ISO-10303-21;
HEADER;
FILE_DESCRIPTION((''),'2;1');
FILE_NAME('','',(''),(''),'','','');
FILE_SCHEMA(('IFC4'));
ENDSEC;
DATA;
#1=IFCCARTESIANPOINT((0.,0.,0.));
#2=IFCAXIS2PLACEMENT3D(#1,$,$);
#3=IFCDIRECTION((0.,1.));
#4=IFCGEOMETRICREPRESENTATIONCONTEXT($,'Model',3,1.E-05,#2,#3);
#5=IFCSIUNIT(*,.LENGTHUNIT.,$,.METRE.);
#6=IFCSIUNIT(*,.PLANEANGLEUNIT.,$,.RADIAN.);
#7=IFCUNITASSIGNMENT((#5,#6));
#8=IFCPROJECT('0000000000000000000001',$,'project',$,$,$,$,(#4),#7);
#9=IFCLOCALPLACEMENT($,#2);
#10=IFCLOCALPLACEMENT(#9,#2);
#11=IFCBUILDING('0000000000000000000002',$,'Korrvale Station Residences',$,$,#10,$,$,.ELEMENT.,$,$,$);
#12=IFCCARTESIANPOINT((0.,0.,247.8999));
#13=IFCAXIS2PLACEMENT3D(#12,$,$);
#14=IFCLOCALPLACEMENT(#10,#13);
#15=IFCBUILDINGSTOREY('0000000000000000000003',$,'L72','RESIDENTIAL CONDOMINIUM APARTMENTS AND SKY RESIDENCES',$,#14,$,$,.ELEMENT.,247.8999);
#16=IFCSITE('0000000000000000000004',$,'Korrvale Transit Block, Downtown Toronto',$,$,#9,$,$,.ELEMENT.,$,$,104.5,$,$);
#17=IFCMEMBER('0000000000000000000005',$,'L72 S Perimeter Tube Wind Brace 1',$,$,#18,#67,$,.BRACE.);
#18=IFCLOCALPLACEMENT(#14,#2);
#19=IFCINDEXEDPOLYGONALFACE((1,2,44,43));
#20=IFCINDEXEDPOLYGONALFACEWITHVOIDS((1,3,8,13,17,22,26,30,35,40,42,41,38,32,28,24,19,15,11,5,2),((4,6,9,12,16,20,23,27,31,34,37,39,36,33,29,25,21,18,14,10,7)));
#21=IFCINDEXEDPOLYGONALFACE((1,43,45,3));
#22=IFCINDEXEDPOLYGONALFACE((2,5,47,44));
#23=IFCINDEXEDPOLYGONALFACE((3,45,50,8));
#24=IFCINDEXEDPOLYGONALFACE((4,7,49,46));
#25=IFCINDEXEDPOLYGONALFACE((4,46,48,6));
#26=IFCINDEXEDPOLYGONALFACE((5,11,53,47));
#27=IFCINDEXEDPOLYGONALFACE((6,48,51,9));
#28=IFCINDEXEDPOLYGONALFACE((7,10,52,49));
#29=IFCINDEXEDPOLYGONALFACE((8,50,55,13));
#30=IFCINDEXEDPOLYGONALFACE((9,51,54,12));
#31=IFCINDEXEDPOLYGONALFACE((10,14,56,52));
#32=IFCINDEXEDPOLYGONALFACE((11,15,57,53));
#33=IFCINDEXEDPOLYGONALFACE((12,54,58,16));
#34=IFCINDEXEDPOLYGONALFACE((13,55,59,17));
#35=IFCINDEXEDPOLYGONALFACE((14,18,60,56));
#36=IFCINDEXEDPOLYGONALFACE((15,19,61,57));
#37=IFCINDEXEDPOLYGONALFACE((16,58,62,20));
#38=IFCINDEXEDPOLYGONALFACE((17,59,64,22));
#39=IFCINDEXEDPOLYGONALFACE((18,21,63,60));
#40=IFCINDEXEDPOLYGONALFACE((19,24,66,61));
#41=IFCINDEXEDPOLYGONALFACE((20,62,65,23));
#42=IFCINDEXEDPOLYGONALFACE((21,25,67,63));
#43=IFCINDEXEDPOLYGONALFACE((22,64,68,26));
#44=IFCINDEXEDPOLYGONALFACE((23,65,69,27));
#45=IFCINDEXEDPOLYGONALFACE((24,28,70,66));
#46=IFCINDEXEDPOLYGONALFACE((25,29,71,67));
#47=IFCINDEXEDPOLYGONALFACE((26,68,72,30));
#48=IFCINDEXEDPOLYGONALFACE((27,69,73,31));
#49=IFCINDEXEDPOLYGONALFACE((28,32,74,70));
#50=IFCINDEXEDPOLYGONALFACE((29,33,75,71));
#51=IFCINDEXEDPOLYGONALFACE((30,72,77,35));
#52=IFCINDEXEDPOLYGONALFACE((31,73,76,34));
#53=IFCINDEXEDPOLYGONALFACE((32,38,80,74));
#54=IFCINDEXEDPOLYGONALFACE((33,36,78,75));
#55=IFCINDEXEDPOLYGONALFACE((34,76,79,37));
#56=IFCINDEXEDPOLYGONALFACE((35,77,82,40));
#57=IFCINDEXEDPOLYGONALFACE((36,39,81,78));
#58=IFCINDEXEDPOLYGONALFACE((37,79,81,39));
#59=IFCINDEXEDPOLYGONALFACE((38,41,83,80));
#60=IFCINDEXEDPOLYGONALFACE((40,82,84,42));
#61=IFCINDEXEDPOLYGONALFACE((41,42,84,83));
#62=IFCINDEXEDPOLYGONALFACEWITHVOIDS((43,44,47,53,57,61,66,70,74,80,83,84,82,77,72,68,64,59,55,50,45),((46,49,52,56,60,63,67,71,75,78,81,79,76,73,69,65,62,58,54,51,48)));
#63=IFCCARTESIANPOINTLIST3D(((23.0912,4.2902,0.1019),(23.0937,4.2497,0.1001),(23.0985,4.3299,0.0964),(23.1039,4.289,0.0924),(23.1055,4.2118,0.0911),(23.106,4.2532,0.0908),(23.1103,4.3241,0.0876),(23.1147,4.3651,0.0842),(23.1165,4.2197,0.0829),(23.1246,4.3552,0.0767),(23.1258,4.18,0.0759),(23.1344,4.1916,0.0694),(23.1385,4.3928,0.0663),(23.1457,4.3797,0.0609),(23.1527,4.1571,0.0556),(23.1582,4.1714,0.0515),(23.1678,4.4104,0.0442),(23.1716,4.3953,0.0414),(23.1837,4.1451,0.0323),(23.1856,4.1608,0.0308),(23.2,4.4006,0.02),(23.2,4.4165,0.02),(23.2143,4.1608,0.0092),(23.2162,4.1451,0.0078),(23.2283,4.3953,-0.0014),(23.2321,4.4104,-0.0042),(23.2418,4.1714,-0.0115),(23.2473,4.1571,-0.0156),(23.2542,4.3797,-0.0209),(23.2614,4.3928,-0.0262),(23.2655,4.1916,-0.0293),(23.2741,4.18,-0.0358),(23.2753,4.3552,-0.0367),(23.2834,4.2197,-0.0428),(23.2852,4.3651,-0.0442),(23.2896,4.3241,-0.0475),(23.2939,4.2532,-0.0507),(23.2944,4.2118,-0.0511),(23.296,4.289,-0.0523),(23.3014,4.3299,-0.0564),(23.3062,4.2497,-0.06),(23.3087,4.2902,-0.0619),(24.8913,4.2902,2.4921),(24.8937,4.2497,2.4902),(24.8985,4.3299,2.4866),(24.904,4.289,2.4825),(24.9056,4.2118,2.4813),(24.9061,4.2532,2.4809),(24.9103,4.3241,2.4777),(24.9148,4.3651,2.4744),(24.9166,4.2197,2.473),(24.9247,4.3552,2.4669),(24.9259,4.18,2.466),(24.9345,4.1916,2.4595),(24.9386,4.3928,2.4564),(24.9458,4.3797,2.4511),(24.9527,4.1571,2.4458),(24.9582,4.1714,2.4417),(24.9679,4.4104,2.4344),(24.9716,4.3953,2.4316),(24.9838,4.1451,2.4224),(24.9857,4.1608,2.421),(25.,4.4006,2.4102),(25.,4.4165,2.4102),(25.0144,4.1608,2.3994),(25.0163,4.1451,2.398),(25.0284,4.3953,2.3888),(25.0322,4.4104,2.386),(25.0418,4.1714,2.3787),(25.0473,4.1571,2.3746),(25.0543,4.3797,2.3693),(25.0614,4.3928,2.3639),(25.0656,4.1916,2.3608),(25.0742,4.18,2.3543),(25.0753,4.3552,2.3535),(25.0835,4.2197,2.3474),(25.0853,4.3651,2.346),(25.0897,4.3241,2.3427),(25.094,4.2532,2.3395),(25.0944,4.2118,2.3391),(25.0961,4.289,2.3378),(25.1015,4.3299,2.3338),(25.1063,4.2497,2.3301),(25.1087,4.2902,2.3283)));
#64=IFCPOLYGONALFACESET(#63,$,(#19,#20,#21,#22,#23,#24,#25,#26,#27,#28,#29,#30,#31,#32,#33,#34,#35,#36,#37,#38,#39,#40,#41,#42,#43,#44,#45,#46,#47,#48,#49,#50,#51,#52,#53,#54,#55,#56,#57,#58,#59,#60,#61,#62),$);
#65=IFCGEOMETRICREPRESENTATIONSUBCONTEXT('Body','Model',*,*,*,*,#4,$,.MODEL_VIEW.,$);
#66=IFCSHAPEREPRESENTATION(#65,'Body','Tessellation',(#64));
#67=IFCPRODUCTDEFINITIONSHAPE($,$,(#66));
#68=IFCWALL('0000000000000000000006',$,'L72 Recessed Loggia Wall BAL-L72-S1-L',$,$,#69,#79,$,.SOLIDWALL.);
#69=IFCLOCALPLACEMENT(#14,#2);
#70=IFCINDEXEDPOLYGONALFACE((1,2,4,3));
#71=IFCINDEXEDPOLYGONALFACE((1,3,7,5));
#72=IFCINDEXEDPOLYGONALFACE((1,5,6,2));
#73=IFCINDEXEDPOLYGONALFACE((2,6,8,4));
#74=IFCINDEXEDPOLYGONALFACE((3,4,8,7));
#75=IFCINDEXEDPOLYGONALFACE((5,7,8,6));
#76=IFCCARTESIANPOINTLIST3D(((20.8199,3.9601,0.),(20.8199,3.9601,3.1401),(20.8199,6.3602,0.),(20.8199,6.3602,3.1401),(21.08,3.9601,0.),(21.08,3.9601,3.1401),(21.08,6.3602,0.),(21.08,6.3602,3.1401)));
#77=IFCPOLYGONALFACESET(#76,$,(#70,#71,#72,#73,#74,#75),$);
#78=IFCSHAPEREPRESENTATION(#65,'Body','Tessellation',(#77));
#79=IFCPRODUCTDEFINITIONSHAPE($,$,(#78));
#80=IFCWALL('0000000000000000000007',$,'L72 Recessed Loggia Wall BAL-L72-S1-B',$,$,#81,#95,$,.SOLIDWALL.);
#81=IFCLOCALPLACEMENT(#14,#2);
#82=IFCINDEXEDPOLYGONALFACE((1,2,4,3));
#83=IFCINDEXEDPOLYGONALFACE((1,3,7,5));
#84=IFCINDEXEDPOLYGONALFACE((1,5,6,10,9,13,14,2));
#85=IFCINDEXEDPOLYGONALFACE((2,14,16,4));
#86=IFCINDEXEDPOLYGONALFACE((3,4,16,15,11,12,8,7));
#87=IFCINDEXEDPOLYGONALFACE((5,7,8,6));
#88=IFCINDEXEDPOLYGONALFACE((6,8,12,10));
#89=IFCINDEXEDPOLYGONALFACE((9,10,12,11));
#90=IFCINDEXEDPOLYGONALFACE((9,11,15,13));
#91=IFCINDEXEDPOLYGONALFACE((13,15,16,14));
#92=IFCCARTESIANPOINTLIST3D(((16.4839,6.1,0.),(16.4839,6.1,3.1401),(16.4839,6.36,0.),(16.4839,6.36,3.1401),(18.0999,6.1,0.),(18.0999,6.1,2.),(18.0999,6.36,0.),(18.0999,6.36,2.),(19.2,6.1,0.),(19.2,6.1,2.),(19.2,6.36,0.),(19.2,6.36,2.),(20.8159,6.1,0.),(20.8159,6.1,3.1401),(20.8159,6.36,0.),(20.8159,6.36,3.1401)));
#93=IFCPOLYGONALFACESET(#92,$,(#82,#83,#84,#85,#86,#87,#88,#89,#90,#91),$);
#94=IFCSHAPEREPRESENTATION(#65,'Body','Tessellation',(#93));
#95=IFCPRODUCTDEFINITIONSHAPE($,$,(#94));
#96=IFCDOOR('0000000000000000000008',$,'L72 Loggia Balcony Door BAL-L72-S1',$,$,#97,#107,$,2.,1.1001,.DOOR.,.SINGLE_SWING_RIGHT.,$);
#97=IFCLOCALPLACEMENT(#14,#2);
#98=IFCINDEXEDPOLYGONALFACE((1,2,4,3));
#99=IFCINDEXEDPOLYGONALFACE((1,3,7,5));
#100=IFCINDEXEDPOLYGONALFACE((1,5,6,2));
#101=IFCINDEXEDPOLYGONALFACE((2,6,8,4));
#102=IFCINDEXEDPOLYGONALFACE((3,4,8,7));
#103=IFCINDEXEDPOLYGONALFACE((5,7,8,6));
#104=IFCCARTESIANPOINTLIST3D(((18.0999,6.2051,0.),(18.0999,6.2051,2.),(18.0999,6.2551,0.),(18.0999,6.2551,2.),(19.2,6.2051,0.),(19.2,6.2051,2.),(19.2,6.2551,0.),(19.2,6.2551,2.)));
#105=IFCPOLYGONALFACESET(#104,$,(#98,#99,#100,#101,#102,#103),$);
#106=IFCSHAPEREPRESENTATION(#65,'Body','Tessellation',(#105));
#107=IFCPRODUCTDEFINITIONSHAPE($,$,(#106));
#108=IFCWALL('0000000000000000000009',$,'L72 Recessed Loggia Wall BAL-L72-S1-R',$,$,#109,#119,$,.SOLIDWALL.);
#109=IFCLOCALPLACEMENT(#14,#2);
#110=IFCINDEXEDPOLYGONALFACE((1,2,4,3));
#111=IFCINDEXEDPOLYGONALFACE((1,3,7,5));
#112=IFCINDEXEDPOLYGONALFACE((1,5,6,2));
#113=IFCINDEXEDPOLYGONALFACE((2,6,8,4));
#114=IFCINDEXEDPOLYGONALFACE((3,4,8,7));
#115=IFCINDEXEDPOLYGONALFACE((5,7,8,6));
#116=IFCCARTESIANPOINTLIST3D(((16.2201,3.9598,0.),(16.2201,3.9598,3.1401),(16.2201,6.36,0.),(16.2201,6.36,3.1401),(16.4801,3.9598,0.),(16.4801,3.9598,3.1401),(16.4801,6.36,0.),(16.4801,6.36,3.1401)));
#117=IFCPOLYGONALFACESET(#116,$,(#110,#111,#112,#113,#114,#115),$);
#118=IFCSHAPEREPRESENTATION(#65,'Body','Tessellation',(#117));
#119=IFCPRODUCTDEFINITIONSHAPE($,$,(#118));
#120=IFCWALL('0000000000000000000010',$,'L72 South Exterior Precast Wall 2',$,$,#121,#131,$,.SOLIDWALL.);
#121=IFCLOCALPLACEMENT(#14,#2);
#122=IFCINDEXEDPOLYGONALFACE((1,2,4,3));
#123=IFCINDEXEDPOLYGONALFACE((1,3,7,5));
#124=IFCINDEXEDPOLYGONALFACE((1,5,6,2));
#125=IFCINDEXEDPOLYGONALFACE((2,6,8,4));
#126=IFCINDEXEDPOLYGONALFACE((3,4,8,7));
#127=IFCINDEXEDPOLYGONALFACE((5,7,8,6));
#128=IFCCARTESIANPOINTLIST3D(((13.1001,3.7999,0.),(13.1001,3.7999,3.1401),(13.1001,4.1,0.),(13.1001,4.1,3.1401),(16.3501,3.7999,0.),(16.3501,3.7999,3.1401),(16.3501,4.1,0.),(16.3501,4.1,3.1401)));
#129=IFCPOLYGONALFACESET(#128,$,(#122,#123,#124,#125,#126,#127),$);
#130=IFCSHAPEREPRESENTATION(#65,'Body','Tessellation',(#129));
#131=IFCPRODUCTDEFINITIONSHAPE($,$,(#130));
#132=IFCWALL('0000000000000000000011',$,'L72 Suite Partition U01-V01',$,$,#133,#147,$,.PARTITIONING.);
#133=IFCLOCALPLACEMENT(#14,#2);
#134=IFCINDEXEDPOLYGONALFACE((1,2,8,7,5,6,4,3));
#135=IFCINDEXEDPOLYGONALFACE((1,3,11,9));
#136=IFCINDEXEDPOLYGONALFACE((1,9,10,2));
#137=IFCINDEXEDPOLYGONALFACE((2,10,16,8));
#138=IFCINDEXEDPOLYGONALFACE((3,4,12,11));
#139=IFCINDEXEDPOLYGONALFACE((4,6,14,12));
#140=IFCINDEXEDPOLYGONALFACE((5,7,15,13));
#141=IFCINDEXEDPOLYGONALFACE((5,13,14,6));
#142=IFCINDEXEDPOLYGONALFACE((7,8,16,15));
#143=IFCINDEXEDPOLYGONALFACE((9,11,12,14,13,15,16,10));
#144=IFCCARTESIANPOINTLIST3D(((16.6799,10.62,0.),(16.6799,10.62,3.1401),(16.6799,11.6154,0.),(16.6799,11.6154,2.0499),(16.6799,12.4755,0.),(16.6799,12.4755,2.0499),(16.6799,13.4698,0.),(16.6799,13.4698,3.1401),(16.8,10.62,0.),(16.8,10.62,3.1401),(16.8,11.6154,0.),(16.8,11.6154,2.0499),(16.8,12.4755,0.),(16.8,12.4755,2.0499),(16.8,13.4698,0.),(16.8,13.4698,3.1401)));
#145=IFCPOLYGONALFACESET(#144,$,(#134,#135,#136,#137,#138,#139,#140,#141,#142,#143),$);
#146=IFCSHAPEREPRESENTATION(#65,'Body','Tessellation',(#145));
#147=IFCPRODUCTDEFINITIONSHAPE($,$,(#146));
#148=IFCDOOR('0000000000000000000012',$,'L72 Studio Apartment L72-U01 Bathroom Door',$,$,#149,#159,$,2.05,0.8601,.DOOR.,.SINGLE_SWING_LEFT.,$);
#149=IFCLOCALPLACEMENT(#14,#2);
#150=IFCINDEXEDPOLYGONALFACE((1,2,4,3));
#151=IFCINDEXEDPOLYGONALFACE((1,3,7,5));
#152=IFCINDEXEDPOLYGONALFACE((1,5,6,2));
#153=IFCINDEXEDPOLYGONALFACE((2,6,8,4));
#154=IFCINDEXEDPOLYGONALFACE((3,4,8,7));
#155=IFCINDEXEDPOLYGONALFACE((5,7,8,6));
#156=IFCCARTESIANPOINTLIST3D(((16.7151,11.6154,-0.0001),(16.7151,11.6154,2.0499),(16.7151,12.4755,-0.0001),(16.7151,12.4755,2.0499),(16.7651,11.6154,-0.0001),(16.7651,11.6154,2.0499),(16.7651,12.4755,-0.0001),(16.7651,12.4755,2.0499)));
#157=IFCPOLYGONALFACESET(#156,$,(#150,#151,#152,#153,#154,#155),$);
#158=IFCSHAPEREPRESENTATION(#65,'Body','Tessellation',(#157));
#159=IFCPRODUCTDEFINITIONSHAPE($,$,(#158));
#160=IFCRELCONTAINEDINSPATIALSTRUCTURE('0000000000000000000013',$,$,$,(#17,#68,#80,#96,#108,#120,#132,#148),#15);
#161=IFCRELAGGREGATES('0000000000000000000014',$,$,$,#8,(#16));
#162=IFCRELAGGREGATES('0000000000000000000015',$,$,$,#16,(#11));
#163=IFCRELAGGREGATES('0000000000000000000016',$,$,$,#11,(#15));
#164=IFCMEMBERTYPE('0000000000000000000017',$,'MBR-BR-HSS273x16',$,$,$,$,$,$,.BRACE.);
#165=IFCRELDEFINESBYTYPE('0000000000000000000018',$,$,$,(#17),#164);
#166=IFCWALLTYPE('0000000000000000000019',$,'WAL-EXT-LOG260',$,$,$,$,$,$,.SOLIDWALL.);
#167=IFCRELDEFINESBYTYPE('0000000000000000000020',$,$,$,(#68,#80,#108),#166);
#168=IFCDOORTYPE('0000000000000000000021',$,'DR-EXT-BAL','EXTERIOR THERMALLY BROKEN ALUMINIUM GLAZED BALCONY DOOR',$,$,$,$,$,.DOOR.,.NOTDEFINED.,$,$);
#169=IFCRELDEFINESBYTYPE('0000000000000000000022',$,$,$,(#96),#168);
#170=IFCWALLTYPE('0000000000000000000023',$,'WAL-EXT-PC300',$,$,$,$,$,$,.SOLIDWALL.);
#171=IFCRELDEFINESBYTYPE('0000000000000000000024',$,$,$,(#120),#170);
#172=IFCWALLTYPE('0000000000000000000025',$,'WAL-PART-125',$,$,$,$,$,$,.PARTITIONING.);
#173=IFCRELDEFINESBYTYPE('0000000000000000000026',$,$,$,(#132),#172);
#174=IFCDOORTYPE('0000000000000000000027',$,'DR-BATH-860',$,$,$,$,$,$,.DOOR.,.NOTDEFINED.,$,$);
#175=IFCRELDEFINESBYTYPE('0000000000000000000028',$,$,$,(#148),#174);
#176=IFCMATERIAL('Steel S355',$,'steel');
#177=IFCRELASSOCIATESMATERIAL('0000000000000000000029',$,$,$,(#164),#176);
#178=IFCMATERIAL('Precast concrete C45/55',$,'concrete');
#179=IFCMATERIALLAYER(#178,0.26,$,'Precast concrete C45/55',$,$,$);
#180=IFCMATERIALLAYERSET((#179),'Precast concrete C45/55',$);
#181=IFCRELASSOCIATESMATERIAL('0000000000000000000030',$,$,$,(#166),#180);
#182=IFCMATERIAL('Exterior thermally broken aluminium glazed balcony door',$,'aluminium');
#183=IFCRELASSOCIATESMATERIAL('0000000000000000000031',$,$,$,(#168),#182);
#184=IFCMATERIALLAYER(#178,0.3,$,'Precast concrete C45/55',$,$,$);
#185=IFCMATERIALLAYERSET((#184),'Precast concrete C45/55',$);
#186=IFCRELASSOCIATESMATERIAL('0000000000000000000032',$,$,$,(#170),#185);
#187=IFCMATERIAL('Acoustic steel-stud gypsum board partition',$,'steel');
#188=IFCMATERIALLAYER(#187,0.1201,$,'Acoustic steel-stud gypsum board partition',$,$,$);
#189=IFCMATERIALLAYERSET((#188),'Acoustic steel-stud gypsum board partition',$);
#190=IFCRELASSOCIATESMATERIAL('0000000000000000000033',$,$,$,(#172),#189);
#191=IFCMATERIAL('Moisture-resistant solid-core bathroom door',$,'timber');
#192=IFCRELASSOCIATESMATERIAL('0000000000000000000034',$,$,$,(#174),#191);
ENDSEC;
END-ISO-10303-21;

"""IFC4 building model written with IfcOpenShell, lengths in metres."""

from ifc_helpers import new_model, si_unit, direction, frame, frame_2d, origin, origin_2d, place, context, subcontext, project, spatial, rectangle, hollow_circle, extrude, material, layer, layer_set, material_profile, profile_set, type_object, element, fill, save


model = new_model("IFC4")

# Units and contexts
model_context = context("Model", 3, precision=1e-05, world=origin(), true_north=direction((0.0, 1.0)))
body_context = subcontext(model_context, "Body", "Model", "MODEL_VIEW")
ifc_project = project(units=[si_unit("LENGTHUNIT", "METRE"), si_unit("PLANEANGLEUNIT", "RADIAN")], contexts=[model_context])

# Site, building, storey
site_placement = place(None, origin())
site = spatial("IfcSite", under=ifc_project, at=site_placement, Name="Korrvale Transit Block, Downtown Toronto", CompositionType="ELEMENT", RefElevation=104.5)
building_placement = place(site_placement, origin())
building = spatial("IfcBuilding", under=site, at=building_placement, Name="Korrvale Station Residences", CompositionType="ELEMENT")
storey_placement = place(building_placement, frame((0.0, 0.0, 247.8999)))
storey = spatial("IfcBuildingStorey", under=building, at=storey_placement, Name="L72", Description="RESIDENTIAL CONDOMINIUM APARTMENTS AND SKY RESIDENCES", CompositionType="ELEMENT", Elevation=247.8999)

# Shared definitions
ifc_material_1 = material(Name="Steel S355", Category="steel")

# Member
ifc_material_profile_1 = material_profile(ifc_material_1, hollow_circle(Radius=0.1365, WallThickness=0.0159, at=origin_2d()), Name="HSS273x16")
ifc_profile_set_1 = profile_set([ifc_material_profile_1], Name="Steel S355")
member_type = type_object("IfcMemberType", Name="MBR-BR-HSS273x16", PredefinedType="BRACE", material=ifc_profile_set_1)
member_placement = place(storey_placement, frame((23.2, 4.28, 0.02), z_axis=(0.601592, 0.0, 0.798804), x_axis=(0.0, 1.0, 0.0)))
element("IfcMember", 1, at=member_placement, inside=storey, type_object=member_type, Name="L72 S Perimeter Tube Wind Brace 1", PredefinedType="BRACE", context=body_context, shape_type="SweptSolid", body=[
    extrude(hollow_circle(Radius=0.1365, WallThickness=0.0159, at=origin_2d()), origin(), (0.0, 0.0, 1.0), 2.9922),
])

# Wall
ifc_material_2 = material(Name="Precast concrete C45/55", Category="concrete")
ifc_layer_1 = layer(ifc_material_2, 0.26, Name="Precast concrete C45/55")
ifc_layer_set_1 = layer_set([ifc_layer_1], Name="Precast concrete C45/55")
wall_type_1 = type_object("IfcWallType", Name="WAL-EXT-LOG260", PredefinedType="SOLIDWALL", material=ifc_layer_set_1)
wall_1_placement = place(storey_placement, frame((20.95, 3.96, 0.0), z_axis=(0.0, 0.0, 1.0), x_axis=(0.0, 1.0, 0.0)))
element("IfcWall", 2, at=wall_1_placement, inside=storey, type_object=wall_type_1, Name="L72 Recessed Loggia Wall BAL-L72-S1-L", PredefinedType="SOLIDWALL", context=body_context, shape_type="SweptSolid", body=[
    extrude(rectangle(XDim=2.4001, YDim=0.26, at=frame_2d((1.2002, 0.0))), origin(), (0.0, 0.0, 1.0), 3.1401),
])

# Wall, opening, door
wall_2_placement = place(storey_placement, frame((20.8159, 6.23, 0.0), z_axis=(0.0, 0.0, 1.0), x_axis=(-1.0, 0.0, 0.0)))
wall_2 = element("IfcWall", 3, at=wall_2_placement, inside=storey, type_object=wall_type_1, Name="L72 Recessed Loggia Wall BAL-L72-S1-B", PredefinedType="SOLIDWALL", context=body_context, shape_type="SweptSolid", body=[
    extrude(rectangle(XDim=4.332, YDim=0.26, at=frame_2d((2.166, 0.0))), origin(), (0.0, 0.0, 1.0), 3.1401),
])
opening_1_placement = place(wall_2_placement, frame((1.616, 0.0, 0.0)))
opening_1 = element("IfcOpeningElement", 4, at=opening_1_placement, cuts=wall_2, PredefinedType="OPENING", context=body_context, shape_type="SweptSolid", body=[
    extrude(rectangle(XDim=1.1001, YDim=2.0, at=frame_2d((0.55, 1.0))), frame((0.0, 0.1401, 0.0), z_axis=(0.0, -1.0, 0.0), x_axis=(1.0, 0.0, 0.0)), (0.0, 0.0, 1.0), 0.28),
])
ifc_material_3 = material(Name="Exterior thermally broken aluminium glazed balcony door", Category="aluminium")
door_type_1 = type_object("IfcDoorType", Name="DR-EXT-BAL", Description="EXTERIOR THERMALLY BROKEN ALUMINIUM GLAZED BALCONY DOOR", OperationType="NOTDEFINED", PredefinedType="DOOR", material=ifc_material_3)
door_1_placement = place(opening_1_placement, origin())
door_1 = element("IfcDoor", 5, at=door_1_placement, inside=storey, type_object=door_type_1, Name="L72 Loggia Balcony Door BAL-L72-S1", OperationType="SINGLE_SWING_RIGHT", OverallHeight=2.0, OverallWidth=1.1001, PredefinedType="DOOR", context=body_context, shape_type="SweptSolid", body=[
    extrude(rectangle(XDim=1.1001, YDim=2.0, at=frame_2d((0.55, 1.0))), frame((0.0, 0.0249, 0.0), z_axis=(0.0, -1.0, 0.0), x_axis=(1.0, 0.0, 0.0)), (0.0, 0.0, 1.0), 0.05),
])
fill(opening_1, door_1)

# Walls
wall_3_placement = place(storey_placement, frame((16.3501, 6.3601, 0.0), z_axis=(0.0, 0.0, 1.0), x_axis=(0.0, -1.0, 0.0)))
element("IfcWall", 6, at=wall_3_placement, inside=storey, type_object=wall_type_1, Name="L72 Recessed Loggia Wall BAL-L72-S1-R", PredefinedType="SOLIDWALL", context=body_context, shape_type="SweptSolid", body=[
    extrude(rectangle(XDim=2.4001, YDim=0.26, at=frame_2d((1.2002, 0.0))), origin(), (0.0, 0.0, 1.0), 3.1401),
])
ifc_layer_2 = layer(ifc_material_2, 0.3, Name="Precast concrete C45/55")
ifc_layer_set_2 = layer_set([ifc_layer_2], Name="Precast concrete C45/55")
wall_type_2 = type_object("IfcWallType", Name="WAL-EXT-PC300", PredefinedType="SOLIDWALL", material=ifc_layer_set_2)
wall_4_placement = place(storey_placement, frame((16.3501, 3.95, 0.0), z_axis=(0.0, 0.0, 1.0), x_axis=(-1.0, 0.0, 0.0)))
element("IfcWall", 7, at=wall_4_placement, inside=storey, type_object=wall_type_2, Name="L72 South Exterior Precast Wall 2", PredefinedType="SOLIDWALL", context=body_context, shape_type="SweptSolid", body=[
    extrude(rectangle(XDim=3.25, YDim=0.3, at=frame_2d((1.625, 0.0))), origin(), (0.0, 0.0, 1.0), 3.1401),
])

# Wall, opening, door
ifc_material_4 = material(Name="Acoustic steel-stud gypsum board partition", Category="steel")
ifc_layer_3 = layer(ifc_material_4, 0.1201, Name="Acoustic steel-stud gypsum board partition")
ifc_layer_set_3 = layer_set([ifc_layer_3], Name="Acoustic steel-stud gypsum board partition")
wall_type_3 = type_object("IfcWallType", Name="WAL-PART-125", PredefinedType="PARTITIONING", material=ifc_layer_set_3)
wall_5_placement = place(storey_placement, frame((16.74, 10.6201, 0.0), z_axis=(0.0, 0.0, 1.0), x_axis=(0.0, 1.0, 0.0)))
wall_5 = element("IfcWall", 8, at=wall_5_placement, inside=storey, type_object=wall_type_3, Name="L72 Suite Partition U01-V01", PredefinedType="PARTITIONING", context=body_context, shape_type="SweptSolid", body=[
    extrude(rectangle(XDim=2.8499, YDim=0.1201, at=frame_2d((1.4248, 0.0))), origin(), (0.0, 0.0, 1.0), 3.1401),
])
opening_2_placement = place(wall_5_placement, frame((0.9951, 0.0, 0.0)))
opening_2 = element("IfcOpeningElement", 9, at=opening_2_placement, cuts=wall_5, PredefinedType="OPENING", context=body_context, shape_type="SweptSolid", body=[
    extrude(rectangle(XDim=0.8601, YDim=2.05, at=frame_2d((0.4302, 1.0249))), frame((0.0, 0.0701, 0.0), z_axis=(0.0, -1.0, 0.0), x_axis=(1.0, 0.0, 0.0)), (0.0, 0.0, 1.0), 0.1401),
])
ifc_material_5 = material(Name="Moisture-resistant solid-core bathroom door", Category="timber")
door_type_2 = type_object("IfcDoorType", Name="DR-BATH-860", OperationType="NOTDEFINED", PredefinedType="DOOR", material=ifc_material_5)
door_2_placement = place(opening_2_placement, origin())
door_2 = element("IfcDoor", 10, at=door_2_placement, inside=storey, type_object=door_type_2, Name="L72 Studio Apartment L72-U01 Bathroom Door", OperationType="SINGLE_SWING_LEFT", OverallHeight=2.05, OverallWidth=0.8601, PredefinedType="DOOR", context=body_context, shape_type="SweptSolid", body=[
    extrude(rectangle(XDim=0.8601, YDim=2.05, at=frame_2d((0.4302, 1.0249))), frame((0.0, 0.0249, 0.0), z_axis=(0.0, -1.0, 0.0), x_axis=(1.0, 0.0, 0.0)), (0.0, 0.0, 1.0), 0.05),
])
fill(opening_2, door_2)

save(model, "model.ifc")
